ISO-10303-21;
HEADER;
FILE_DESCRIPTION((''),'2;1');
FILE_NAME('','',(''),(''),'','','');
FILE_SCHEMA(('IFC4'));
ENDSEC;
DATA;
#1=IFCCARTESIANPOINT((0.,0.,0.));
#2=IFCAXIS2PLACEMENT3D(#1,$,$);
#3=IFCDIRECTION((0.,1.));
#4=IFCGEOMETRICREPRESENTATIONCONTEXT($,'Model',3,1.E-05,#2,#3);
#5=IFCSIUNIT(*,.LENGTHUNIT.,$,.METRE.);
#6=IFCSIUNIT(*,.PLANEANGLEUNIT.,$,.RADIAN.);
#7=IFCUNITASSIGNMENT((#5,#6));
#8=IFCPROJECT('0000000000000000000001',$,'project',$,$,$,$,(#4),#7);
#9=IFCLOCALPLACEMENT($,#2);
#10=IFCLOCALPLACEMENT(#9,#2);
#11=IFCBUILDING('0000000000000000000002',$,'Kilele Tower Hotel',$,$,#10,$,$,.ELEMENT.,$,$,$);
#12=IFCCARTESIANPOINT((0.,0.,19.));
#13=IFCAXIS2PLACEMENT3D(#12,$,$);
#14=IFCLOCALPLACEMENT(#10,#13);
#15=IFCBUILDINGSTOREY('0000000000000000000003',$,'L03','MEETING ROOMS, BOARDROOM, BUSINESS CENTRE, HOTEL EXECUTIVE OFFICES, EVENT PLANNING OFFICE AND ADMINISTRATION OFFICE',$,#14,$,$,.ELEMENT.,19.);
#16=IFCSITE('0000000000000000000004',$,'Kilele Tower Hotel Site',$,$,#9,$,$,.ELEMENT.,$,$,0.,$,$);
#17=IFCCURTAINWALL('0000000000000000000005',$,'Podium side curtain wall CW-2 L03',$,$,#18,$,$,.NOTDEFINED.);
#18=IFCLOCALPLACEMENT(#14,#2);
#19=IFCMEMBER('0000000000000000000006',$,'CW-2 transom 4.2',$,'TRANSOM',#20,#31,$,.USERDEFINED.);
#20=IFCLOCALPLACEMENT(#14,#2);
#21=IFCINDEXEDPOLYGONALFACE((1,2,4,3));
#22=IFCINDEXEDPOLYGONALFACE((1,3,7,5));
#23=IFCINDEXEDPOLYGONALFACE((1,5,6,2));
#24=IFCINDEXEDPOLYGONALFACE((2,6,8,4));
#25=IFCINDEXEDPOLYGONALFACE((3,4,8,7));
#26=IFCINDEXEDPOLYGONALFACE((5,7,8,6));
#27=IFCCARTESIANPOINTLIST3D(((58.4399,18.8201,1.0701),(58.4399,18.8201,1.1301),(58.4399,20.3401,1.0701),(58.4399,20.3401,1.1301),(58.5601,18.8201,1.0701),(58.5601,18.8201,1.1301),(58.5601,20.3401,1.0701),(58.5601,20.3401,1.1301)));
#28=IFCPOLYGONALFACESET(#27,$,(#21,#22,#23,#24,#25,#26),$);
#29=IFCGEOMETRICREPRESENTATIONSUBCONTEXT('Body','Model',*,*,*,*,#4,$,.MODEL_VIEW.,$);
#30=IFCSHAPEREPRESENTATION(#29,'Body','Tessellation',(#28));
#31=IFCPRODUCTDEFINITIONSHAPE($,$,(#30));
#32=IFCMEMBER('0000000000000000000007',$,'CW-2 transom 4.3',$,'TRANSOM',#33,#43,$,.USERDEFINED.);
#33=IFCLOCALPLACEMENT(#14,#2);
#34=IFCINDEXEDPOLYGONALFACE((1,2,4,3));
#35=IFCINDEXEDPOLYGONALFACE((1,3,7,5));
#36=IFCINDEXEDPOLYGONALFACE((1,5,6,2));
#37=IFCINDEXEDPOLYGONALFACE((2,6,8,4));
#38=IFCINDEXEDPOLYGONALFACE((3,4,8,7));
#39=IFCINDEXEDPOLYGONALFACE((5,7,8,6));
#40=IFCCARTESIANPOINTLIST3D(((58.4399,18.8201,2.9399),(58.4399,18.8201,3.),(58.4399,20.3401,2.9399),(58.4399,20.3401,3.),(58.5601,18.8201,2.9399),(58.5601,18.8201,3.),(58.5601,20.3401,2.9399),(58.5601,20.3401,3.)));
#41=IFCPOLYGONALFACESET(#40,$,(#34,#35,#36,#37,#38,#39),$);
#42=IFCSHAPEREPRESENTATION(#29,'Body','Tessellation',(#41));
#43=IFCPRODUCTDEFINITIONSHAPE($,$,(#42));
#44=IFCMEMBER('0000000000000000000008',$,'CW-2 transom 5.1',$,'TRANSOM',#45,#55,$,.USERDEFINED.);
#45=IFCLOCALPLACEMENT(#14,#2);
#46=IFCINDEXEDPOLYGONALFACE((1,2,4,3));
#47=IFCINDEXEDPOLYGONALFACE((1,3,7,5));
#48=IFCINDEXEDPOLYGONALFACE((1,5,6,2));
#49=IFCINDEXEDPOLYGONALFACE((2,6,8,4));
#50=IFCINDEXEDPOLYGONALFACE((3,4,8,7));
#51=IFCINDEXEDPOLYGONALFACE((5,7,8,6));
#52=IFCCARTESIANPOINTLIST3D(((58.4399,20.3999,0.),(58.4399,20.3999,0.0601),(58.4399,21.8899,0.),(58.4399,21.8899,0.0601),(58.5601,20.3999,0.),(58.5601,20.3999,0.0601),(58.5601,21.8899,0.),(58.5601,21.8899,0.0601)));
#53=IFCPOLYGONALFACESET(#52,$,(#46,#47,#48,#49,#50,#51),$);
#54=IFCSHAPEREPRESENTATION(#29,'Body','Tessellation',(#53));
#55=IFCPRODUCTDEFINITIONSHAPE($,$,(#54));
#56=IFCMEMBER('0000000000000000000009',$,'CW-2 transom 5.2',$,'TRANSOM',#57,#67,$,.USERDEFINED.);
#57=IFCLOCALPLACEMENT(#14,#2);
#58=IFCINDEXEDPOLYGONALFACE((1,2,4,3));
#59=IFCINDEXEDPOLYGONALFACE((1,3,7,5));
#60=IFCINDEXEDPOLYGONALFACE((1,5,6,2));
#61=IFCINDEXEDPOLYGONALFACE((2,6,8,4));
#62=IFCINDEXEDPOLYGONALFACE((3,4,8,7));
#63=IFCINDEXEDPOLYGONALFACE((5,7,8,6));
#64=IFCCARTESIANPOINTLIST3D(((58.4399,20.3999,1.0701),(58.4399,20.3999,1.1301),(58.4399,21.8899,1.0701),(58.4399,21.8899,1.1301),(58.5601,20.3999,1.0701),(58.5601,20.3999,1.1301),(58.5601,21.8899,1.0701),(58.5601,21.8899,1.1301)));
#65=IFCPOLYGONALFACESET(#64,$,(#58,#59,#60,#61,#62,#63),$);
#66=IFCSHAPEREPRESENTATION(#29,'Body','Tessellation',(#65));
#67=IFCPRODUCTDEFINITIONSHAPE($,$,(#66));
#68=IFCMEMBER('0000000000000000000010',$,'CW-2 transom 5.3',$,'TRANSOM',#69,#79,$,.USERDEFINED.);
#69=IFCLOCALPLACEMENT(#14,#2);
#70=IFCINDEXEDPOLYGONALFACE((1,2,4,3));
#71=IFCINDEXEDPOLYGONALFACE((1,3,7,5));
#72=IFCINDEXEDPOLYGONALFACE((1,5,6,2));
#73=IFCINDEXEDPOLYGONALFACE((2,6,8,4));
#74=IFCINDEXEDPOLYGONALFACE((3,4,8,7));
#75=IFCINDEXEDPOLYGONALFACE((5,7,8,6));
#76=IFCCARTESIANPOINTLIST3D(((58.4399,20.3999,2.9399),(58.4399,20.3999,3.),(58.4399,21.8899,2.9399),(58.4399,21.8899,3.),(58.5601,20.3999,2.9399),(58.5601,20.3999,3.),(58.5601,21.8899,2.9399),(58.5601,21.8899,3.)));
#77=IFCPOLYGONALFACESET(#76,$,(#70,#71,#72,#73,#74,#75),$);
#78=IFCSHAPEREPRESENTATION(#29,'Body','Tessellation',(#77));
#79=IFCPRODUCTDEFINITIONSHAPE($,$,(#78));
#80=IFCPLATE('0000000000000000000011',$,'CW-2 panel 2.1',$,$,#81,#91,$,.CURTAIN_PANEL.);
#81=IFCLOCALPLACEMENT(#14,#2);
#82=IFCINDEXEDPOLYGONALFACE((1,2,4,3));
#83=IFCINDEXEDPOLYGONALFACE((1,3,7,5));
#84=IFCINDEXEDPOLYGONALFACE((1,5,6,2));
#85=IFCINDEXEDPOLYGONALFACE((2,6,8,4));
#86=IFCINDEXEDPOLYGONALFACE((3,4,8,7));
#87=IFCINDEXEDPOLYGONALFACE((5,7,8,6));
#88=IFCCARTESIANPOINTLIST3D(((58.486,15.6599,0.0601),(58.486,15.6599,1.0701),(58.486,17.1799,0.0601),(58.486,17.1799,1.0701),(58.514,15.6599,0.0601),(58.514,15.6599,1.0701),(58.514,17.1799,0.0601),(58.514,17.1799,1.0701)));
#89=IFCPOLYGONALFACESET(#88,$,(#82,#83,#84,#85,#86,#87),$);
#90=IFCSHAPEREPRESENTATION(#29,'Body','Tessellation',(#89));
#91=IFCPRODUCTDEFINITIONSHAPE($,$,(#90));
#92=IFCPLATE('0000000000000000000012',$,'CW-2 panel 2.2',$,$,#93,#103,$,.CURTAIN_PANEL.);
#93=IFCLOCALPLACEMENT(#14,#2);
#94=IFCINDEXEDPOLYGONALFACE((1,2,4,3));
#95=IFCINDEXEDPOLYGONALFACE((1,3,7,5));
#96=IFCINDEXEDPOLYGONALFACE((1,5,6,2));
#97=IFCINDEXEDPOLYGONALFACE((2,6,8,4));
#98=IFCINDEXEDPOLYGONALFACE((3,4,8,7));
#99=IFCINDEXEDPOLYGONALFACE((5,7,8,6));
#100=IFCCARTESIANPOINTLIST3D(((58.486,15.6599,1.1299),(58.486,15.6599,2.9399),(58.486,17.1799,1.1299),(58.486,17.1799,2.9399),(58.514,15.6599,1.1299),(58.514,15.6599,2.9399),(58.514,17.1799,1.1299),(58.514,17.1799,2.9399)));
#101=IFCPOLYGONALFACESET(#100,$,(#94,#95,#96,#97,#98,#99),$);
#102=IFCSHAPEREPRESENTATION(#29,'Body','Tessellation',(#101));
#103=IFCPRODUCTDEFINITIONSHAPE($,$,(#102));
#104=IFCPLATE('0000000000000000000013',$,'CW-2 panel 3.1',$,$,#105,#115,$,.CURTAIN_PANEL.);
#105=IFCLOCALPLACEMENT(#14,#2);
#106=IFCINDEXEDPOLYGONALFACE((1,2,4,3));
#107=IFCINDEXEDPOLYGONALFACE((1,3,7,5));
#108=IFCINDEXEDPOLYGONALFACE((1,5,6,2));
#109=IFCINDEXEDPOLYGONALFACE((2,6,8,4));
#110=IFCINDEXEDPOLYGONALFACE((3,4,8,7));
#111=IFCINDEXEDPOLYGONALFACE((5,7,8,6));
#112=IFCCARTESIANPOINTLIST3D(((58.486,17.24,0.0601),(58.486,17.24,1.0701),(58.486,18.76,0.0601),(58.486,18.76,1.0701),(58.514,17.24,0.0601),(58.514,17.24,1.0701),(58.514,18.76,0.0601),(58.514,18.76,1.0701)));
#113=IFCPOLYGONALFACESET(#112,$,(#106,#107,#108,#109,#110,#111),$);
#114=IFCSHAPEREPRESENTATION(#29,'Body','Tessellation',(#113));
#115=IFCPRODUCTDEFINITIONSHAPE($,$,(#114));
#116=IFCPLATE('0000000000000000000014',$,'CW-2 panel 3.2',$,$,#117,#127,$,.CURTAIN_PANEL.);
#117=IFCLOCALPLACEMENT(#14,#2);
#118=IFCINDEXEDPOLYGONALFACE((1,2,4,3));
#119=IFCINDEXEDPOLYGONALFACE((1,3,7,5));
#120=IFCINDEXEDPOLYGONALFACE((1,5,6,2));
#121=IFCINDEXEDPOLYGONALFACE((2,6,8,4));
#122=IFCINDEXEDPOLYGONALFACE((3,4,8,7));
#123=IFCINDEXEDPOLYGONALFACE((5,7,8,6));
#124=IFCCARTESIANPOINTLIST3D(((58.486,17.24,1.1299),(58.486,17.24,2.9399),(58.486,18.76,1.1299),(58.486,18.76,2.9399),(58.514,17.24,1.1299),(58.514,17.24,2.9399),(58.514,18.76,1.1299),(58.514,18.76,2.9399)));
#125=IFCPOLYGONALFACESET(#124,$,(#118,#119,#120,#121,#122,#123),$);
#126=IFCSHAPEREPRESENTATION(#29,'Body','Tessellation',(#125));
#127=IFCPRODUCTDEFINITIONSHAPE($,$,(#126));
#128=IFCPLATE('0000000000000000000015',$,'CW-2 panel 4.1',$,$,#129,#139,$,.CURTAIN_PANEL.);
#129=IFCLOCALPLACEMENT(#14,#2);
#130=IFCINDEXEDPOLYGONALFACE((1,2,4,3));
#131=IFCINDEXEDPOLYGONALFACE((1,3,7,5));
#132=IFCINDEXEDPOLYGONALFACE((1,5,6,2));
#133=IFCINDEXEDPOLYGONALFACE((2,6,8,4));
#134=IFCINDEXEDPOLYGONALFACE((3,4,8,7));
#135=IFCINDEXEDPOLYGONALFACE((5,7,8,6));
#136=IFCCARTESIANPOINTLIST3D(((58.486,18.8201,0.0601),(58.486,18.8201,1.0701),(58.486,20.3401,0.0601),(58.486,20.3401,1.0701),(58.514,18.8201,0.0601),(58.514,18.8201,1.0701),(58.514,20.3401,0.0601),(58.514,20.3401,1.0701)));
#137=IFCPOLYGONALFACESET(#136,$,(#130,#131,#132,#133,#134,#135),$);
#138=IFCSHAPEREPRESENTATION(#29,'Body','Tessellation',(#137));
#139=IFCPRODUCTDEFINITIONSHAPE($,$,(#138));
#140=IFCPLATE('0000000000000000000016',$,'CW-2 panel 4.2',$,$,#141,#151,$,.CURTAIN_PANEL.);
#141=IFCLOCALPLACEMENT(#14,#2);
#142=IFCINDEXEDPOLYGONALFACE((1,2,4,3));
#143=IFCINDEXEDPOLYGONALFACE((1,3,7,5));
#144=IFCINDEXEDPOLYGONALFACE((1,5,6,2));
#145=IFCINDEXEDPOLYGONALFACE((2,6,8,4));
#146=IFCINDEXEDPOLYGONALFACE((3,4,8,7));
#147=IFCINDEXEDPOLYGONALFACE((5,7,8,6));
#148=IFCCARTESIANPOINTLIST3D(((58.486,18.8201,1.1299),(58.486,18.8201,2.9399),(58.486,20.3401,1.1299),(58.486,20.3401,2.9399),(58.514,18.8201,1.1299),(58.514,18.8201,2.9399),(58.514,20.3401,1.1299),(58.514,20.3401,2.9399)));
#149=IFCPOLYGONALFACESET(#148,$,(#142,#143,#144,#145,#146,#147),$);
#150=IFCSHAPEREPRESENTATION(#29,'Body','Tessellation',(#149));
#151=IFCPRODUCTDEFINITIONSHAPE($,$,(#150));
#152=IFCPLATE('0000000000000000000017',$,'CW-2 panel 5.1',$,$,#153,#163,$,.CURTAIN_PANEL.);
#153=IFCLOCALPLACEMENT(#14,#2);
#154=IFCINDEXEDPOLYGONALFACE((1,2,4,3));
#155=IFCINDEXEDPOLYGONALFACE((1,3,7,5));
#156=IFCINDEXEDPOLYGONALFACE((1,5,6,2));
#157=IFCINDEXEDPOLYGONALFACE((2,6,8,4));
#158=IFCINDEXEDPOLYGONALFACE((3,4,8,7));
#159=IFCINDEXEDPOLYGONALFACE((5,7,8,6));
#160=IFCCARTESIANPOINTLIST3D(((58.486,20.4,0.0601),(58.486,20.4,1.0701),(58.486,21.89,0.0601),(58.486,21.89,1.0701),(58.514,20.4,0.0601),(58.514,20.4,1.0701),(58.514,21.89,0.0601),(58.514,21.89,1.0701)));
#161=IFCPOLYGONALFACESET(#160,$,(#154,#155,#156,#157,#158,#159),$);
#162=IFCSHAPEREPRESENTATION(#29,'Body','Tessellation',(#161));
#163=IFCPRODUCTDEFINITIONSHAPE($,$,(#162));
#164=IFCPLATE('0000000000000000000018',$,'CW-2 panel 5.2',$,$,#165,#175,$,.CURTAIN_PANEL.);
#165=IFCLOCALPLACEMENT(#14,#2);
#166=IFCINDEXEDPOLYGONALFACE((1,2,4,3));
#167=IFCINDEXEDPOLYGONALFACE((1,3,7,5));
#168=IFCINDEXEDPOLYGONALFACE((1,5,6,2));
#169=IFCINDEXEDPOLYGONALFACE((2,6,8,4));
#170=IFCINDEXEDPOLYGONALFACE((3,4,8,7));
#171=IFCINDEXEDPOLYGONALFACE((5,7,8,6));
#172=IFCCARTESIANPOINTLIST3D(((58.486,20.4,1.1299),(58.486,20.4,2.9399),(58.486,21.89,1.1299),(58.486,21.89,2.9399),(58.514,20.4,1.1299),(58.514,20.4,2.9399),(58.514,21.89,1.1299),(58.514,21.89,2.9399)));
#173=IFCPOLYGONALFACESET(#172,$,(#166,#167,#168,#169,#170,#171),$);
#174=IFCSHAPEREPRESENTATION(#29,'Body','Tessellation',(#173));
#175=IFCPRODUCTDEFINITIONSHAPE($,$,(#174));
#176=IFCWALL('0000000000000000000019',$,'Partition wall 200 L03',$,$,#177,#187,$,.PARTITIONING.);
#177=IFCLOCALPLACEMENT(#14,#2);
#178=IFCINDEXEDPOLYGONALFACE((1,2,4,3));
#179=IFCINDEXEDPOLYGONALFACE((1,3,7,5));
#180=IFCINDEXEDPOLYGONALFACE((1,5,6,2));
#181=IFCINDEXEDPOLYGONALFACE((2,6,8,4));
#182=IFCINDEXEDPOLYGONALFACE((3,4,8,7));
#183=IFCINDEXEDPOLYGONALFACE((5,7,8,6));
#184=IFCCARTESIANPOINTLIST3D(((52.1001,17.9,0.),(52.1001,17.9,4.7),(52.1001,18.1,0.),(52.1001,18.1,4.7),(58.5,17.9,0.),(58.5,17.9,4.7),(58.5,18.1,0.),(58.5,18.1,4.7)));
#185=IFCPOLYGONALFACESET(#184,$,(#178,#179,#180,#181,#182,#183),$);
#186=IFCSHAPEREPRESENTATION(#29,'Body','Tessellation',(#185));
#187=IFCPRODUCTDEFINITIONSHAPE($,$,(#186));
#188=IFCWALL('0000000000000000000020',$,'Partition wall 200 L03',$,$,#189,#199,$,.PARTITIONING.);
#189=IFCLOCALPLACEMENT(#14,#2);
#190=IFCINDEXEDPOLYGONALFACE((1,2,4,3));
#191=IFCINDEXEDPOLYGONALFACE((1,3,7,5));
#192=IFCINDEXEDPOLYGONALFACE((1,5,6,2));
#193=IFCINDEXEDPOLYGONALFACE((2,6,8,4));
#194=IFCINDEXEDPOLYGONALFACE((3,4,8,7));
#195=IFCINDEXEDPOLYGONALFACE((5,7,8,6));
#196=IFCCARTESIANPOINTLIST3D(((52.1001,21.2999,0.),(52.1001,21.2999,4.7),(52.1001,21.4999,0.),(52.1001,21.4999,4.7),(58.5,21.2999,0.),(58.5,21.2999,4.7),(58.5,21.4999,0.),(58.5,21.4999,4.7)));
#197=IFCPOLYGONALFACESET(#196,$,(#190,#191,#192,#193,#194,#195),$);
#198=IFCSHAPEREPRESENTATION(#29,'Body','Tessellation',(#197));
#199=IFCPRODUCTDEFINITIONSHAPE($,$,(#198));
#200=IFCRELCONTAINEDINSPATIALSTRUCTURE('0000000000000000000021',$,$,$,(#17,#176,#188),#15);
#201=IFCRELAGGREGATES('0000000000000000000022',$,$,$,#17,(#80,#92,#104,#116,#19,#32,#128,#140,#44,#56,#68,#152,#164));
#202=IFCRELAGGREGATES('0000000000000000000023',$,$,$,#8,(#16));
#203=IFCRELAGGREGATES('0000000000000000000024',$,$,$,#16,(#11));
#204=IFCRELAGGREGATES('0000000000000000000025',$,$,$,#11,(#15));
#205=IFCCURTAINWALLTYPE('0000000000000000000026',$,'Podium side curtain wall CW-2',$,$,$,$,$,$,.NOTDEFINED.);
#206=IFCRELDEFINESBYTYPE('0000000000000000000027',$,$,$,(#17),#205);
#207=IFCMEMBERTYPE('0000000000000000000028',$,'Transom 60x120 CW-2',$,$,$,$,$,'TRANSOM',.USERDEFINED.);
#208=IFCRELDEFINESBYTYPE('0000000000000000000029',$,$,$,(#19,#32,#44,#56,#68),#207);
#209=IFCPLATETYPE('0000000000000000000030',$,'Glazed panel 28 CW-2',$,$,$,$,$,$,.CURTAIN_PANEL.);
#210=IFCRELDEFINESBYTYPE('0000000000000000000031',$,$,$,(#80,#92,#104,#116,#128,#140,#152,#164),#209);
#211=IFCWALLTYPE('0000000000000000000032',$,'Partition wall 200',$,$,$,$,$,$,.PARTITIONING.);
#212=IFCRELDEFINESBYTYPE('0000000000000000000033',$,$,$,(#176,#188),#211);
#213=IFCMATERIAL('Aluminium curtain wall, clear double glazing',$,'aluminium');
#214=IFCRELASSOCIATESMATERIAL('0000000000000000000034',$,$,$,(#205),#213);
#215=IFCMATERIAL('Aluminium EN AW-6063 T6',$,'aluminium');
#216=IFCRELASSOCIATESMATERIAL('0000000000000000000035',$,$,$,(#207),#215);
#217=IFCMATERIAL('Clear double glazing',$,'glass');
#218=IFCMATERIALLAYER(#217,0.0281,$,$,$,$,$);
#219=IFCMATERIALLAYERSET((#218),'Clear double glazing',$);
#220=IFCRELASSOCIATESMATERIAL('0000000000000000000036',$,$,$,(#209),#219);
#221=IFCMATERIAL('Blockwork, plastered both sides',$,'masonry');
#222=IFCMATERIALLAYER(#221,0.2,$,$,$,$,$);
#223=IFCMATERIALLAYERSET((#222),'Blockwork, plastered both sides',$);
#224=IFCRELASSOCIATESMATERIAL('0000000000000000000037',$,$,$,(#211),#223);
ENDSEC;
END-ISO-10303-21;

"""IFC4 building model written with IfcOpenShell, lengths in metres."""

from ifc_helpers import new_model, si_unit, direction, frame, frame_2d, origin, origin_2d, place, context, subcontext, project, spatial, rectangle, extrude, material, layer, layer_set, material_profile, profile_set, type_object, element, aggregate, save


model = new_model("IFC4")

# Units and contexts
model_context = context("Model", 3, precision=1e-05, world=origin(), true_north=direction((0.0, 1.0)))
body_context = subcontext(model_context, "Body", "Model", "MODEL_VIEW")
ifc_project = project(units=[si_unit("LENGTHUNIT", "METRE"), si_unit("PLANEANGLEUNIT", "RADIAN")], contexts=[model_context])

# Site, building, storey
site_placement = place(None, origin())
site = spatial("IfcSite", under=ifc_project, at=site_placement, Name="Kilele Tower Hotel Site", CompositionType="ELEMENT", RefElevation=0.0)
building_placement = place(site_placement, origin())
building = spatial("IfcBuilding", under=site, at=building_placement, Name="Kilele Tower Hotel", CompositionType="ELEMENT")
storey_placement = place(building_placement, frame((0.0, 0.0, 19.0)))
storey = spatial("IfcBuildingStorey", under=building, at=storey_placement, Name="L03", Description="MEETING ROOMS, BOARDROOM, BUSINESS CENTRE, HOTEL EXECUTIVE OFFICES, EVENT PLANNING OFFICE AND ADMINISTRATION OFFICE", CompositionType="ELEMENT", Elevation=19.0)

# Curtain wall, members, plates
ifc_material_1 = material(Name="Aluminium curtain wall, clear double glazing", Category="aluminium")
curtain_wall_type = type_object("IfcCurtainWallType", Name="Podium side curtain wall CW-2", PredefinedType="NOTDEFINED", material=ifc_material_1)
curtain_wall_placement = place(storey_placement, origin())
curtain_wall = element("IfcCurtainWall", 1, at=curtain_wall_placement, inside=storey, type_object=curtain_wall_type, Name="Podium side curtain wall CW-2 L03", PredefinedType="NOTDEFINED")
ifc_material_2 = material(Name="Aluminium EN AW-6063 T6", Category="aluminium")
ifc_material_profile_1 = material_profile(ifc_material_2, rectangle(XDim=0.1201, YDim=0.0601, at=origin_2d()))
ifc_profile_set_1 = profile_set([ifc_material_profile_1], Name="Aluminium EN AW-6063 T6")
member_type_1 = type_object("IfcMemberType", Name="Transom 60x120 CW-2", ElementType="TRANSOM", PredefinedType="USERDEFINED", material=ifc_profile_set_1)
member_1_placement = place(storey_placement, frame((58.5, 18.8201, 1.1001), z_axis=(0.0, 1.0, 0.0), x_axis=(-1.0, 0.0, 0.0)))
member_1 = element("IfcMember", 2, at=member_1_placement, type_object=member_type_1, Name="CW-2 transom 4.2", ObjectType="TRANSOM", PredefinedType="USERDEFINED", context=body_context, shape_type="SweptSolid", body=[
    extrude(rectangle(XDim=0.1201, YDim=0.0601, at=origin_2d()), origin(), (0.0, 0.0, 1.0), 1.52),
])
member_2_placement = place(storey_placement, frame((58.5, 18.8201, 2.97), z_axis=(0.0, 1.0, 0.0), x_axis=(-1.0, 0.0, 0.0)))
member_2 = element("IfcMember", 3, at=member_2_placement, type_object=member_type_1, Name="CW-2 transom 4.3", ObjectType="TRANSOM", PredefinedType="USERDEFINED", context=body_context, shape_type="SweptSolid", body=[
    extrude(rectangle(XDim=0.1201, YDim=0.0601, at=origin_2d()), origin(), (0.0, 0.0, 1.0), 1.52),
])
member_3_placement = place(storey_placement, frame((58.5, 20.3999, 0.03), z_axis=(0.0, 1.0, 0.0), x_axis=(-1.0, 0.0, 0.0)))
member_3 = element("IfcMember", 4, at=member_3_placement, type_object=member_type_1, Name="CW-2 transom 5.1", ObjectType="TRANSOM", PredefinedType="USERDEFINED", context=body_context, shape_type="SweptSolid", body=[
    extrude(rectangle(XDim=0.1201, YDim=0.0601, at=origin_2d()), origin(), (0.0, 0.0, 1.0), 1.49),
])
member_4_placement = place(storey_placement, frame((58.5, 20.3999, 1.1001), z_axis=(0.0, 1.0, 0.0), x_axis=(-1.0, 0.0, 0.0)))
member_4 = element("IfcMember", 5, at=member_4_placement, type_object=member_type_1, Name="CW-2 transom 5.2", ObjectType="TRANSOM", PredefinedType="USERDEFINED", context=body_context, shape_type="SweptSolid", body=[
    extrude(rectangle(XDim=0.1201, YDim=0.0601, at=origin_2d()), origin(), (0.0, 0.0, 1.0), 1.49),
])
member_5_placement = place(storey_placement, frame((58.5, 20.3999, 2.97), z_axis=(0.0, 1.0, 0.0), x_axis=(-1.0, 0.0, 0.0)))
member_5 = element("IfcMember", 6, at=member_5_placement, type_object=member_type_1, Name="CW-2 transom 5.3", ObjectType="TRANSOM", PredefinedType="USERDEFINED", context=body_context, shape_type="SweptSolid", body=[
    extrude(rectangle(XDim=0.1201, YDim=0.0601, at=origin_2d()), origin(), (0.0, 0.0, 1.0), 1.49),
])
ifc_material_3 = material(Name="Clear double glazing", Category="glass")
ifc_layer_1 = layer(ifc_material_3, 0.0281)
ifc_layer_set_1 = layer_set([ifc_layer_1], Name="Clear double glazing")
plate_type = type_object("IfcPlateType", Name="Glazed panel 28 CW-2", PredefinedType="CURTAIN_PANEL", material=ifc_layer_set_1)
plate_1_placement = place(storey_placement, frame((58.5, 16.4199, 0.0601), z_axis=(0.0, 0.0, 1.0), x_axis=(0.0, 1.0, 0.0)))
plate_1 = element("IfcPlate", 7, at=plate_1_placement, type_object=plate_type, Name="CW-2 panel 2.1", PredefinedType="CURTAIN_PANEL", context=body_context, shape_type="SweptSolid", body=[
    extrude(rectangle(XDim=1.52, YDim=0.0281, at=origin_2d()), origin(), (0.0, 0.0, 1.0), 1.01),
])
plate_2_placement = place(storey_placement, frame((58.5, 16.4199, 1.1299), z_axis=(0.0, 0.0, 1.0), x_axis=(0.0, 1.0, 0.0)))
plate_2 = element("IfcPlate", 8, at=plate_2_placement, type_object=plate_type, Name="CW-2 panel 2.2", PredefinedType="CURTAIN_PANEL", context=body_context, shape_type="SweptSolid", body=[
    extrude(rectangle(XDim=1.52, YDim=0.0281, at=origin_2d()), origin(), (0.0, 0.0, 1.0), 1.8101),
])
plate_3_placement = place(storey_placement, frame((58.5, 18.0, 0.0601), z_axis=(0.0, 0.0, 1.0), x_axis=(0.0, 1.0, 0.0)))
plate_3 = element("IfcPlate", 9, at=plate_3_placement, type_object=plate_type, Name="CW-2 panel 3.1", PredefinedType="CURTAIN_PANEL", context=body_context, shape_type="SweptSolid", body=[
    extrude(rectangle(XDim=1.52, YDim=0.0281, at=origin_2d()), origin(), (0.0, 0.0, 1.0), 1.01),
])
plate_4_placement = place(storey_placement, frame((58.5, 18.0, 1.1299), z_axis=(0.0, 0.0, 1.0), x_axis=(0.0, 1.0, 0.0)))
plate_4 = element("IfcPlate", 10, at=plate_4_placement, type_object=plate_type, Name="CW-2 panel 3.2", PredefinedType="CURTAIN_PANEL", context=body_context, shape_type="SweptSolid", body=[
    extrude(rectangle(XDim=1.52, YDim=0.0281, at=origin_2d()), origin(), (0.0, 0.0, 1.0), 1.8101),
])
plate_5_placement = place(storey_placement, frame((58.5, 19.5801, 0.0601), z_axis=(0.0, 0.0, 1.0), x_axis=(0.0, 1.0, 0.0)))
plate_5 = element("IfcPlate", 11, at=plate_5_placement, type_object=plate_type, Name="CW-2 panel 4.1", PredefinedType="CURTAIN_PANEL", context=body_context, shape_type="SweptSolid", body=[
    extrude(rectangle(XDim=1.52, YDim=0.0281, at=origin_2d()), origin(), (0.0, 0.0, 1.0), 1.01),
])
plate_6_placement = place(storey_placement, frame((58.5, 19.5801, 1.1299), z_axis=(0.0, 0.0, 1.0), x_axis=(0.0, 1.0, 0.0)))
plate_6 = element("IfcPlate", 12, at=plate_6_placement, type_object=plate_type, Name="CW-2 panel 4.2", PredefinedType="CURTAIN_PANEL", context=body_context, shape_type="SweptSolid", body=[
    extrude(rectangle(XDim=1.52, YDim=0.0281, at=origin_2d()), origin(), (0.0, 0.0, 1.0), 1.8101),
])
plate_7_placement = place(storey_placement, frame((58.5, 21.145, 0.0601), z_axis=(0.0, 0.0, 1.0), x_axis=(0.0, 1.0, 0.0)))
plate_7 = element("IfcPlate", 13, at=plate_7_placement, type_object=plate_type, Name="CW-2 panel 5.1", PredefinedType="CURTAIN_PANEL", context=body_context, shape_type="SweptSolid", body=[
    extrude(rectangle(XDim=1.49, YDim=0.0281, at=origin_2d()), origin(), (0.0, 0.0, 1.0), 1.01),
])
plate_8_placement = place(storey_placement, frame((58.5, 21.145, 1.1299), z_axis=(0.0, 0.0, 1.0), x_axis=(0.0, 1.0, 0.0)))
plate_8 = element("IfcPlate", 14, at=plate_8_placement, type_object=plate_type, Name="CW-2 panel 5.2", PredefinedType="CURTAIN_PANEL", context=body_context, shape_type="SweptSolid", body=[
    extrude(rectangle(XDim=1.49, YDim=0.0281, at=origin_2d()), origin(), (0.0, 0.0, 1.0), 1.8101),
])
aggregate(curtain_wall, [plate_1, plate_2, plate_3, plate_4, member_1, member_2, plate_5, plate_6, member_3, member_4, member_5, plate_7, plate_8])

# Walls
ifc_material_4 = material(Name="Blockwork, plastered both sides", Category="masonry")
ifc_layer_2 = layer(ifc_material_4, 0.2)
ifc_layer_set_2 = layer_set([ifc_layer_2], Name="Blockwork, plastered both sides")
wall_type = type_object("IfcWallType", Name="Partition wall 200", PredefinedType="PARTITIONING", material=ifc_layer_set_2)
for number, where, z_axis, x_axis, name in (
    (15, (52.1001, 18.0, 0.0), (0.0, 0.0, 1.0), (1.0, 0.0, 0.0), "Partition wall 200 L03"),
    (16, (52.1001, 21.3999, 0.0), (0.0, 0.0, 1.0), (1.0, 0.0, 0.0), "Partition wall 200 L03"),
):
    element("IfcWall", number, at=place(storey_placement, frame(where, z_axis=z_axis, x_axis=x_axis)), inside=storey, type_object=wall_type, Name=name, PredefinedType="PARTITIONING", context=body_context, shape_type="SweptSolid", body=[
        extrude(rectangle(XDim=6.3999, YDim=0.2, at=frame_2d((3.2, 0.0))), origin(), (0.0, 0.0, 1.0), 4.7),
    ])

save(model, "model.ifc")
